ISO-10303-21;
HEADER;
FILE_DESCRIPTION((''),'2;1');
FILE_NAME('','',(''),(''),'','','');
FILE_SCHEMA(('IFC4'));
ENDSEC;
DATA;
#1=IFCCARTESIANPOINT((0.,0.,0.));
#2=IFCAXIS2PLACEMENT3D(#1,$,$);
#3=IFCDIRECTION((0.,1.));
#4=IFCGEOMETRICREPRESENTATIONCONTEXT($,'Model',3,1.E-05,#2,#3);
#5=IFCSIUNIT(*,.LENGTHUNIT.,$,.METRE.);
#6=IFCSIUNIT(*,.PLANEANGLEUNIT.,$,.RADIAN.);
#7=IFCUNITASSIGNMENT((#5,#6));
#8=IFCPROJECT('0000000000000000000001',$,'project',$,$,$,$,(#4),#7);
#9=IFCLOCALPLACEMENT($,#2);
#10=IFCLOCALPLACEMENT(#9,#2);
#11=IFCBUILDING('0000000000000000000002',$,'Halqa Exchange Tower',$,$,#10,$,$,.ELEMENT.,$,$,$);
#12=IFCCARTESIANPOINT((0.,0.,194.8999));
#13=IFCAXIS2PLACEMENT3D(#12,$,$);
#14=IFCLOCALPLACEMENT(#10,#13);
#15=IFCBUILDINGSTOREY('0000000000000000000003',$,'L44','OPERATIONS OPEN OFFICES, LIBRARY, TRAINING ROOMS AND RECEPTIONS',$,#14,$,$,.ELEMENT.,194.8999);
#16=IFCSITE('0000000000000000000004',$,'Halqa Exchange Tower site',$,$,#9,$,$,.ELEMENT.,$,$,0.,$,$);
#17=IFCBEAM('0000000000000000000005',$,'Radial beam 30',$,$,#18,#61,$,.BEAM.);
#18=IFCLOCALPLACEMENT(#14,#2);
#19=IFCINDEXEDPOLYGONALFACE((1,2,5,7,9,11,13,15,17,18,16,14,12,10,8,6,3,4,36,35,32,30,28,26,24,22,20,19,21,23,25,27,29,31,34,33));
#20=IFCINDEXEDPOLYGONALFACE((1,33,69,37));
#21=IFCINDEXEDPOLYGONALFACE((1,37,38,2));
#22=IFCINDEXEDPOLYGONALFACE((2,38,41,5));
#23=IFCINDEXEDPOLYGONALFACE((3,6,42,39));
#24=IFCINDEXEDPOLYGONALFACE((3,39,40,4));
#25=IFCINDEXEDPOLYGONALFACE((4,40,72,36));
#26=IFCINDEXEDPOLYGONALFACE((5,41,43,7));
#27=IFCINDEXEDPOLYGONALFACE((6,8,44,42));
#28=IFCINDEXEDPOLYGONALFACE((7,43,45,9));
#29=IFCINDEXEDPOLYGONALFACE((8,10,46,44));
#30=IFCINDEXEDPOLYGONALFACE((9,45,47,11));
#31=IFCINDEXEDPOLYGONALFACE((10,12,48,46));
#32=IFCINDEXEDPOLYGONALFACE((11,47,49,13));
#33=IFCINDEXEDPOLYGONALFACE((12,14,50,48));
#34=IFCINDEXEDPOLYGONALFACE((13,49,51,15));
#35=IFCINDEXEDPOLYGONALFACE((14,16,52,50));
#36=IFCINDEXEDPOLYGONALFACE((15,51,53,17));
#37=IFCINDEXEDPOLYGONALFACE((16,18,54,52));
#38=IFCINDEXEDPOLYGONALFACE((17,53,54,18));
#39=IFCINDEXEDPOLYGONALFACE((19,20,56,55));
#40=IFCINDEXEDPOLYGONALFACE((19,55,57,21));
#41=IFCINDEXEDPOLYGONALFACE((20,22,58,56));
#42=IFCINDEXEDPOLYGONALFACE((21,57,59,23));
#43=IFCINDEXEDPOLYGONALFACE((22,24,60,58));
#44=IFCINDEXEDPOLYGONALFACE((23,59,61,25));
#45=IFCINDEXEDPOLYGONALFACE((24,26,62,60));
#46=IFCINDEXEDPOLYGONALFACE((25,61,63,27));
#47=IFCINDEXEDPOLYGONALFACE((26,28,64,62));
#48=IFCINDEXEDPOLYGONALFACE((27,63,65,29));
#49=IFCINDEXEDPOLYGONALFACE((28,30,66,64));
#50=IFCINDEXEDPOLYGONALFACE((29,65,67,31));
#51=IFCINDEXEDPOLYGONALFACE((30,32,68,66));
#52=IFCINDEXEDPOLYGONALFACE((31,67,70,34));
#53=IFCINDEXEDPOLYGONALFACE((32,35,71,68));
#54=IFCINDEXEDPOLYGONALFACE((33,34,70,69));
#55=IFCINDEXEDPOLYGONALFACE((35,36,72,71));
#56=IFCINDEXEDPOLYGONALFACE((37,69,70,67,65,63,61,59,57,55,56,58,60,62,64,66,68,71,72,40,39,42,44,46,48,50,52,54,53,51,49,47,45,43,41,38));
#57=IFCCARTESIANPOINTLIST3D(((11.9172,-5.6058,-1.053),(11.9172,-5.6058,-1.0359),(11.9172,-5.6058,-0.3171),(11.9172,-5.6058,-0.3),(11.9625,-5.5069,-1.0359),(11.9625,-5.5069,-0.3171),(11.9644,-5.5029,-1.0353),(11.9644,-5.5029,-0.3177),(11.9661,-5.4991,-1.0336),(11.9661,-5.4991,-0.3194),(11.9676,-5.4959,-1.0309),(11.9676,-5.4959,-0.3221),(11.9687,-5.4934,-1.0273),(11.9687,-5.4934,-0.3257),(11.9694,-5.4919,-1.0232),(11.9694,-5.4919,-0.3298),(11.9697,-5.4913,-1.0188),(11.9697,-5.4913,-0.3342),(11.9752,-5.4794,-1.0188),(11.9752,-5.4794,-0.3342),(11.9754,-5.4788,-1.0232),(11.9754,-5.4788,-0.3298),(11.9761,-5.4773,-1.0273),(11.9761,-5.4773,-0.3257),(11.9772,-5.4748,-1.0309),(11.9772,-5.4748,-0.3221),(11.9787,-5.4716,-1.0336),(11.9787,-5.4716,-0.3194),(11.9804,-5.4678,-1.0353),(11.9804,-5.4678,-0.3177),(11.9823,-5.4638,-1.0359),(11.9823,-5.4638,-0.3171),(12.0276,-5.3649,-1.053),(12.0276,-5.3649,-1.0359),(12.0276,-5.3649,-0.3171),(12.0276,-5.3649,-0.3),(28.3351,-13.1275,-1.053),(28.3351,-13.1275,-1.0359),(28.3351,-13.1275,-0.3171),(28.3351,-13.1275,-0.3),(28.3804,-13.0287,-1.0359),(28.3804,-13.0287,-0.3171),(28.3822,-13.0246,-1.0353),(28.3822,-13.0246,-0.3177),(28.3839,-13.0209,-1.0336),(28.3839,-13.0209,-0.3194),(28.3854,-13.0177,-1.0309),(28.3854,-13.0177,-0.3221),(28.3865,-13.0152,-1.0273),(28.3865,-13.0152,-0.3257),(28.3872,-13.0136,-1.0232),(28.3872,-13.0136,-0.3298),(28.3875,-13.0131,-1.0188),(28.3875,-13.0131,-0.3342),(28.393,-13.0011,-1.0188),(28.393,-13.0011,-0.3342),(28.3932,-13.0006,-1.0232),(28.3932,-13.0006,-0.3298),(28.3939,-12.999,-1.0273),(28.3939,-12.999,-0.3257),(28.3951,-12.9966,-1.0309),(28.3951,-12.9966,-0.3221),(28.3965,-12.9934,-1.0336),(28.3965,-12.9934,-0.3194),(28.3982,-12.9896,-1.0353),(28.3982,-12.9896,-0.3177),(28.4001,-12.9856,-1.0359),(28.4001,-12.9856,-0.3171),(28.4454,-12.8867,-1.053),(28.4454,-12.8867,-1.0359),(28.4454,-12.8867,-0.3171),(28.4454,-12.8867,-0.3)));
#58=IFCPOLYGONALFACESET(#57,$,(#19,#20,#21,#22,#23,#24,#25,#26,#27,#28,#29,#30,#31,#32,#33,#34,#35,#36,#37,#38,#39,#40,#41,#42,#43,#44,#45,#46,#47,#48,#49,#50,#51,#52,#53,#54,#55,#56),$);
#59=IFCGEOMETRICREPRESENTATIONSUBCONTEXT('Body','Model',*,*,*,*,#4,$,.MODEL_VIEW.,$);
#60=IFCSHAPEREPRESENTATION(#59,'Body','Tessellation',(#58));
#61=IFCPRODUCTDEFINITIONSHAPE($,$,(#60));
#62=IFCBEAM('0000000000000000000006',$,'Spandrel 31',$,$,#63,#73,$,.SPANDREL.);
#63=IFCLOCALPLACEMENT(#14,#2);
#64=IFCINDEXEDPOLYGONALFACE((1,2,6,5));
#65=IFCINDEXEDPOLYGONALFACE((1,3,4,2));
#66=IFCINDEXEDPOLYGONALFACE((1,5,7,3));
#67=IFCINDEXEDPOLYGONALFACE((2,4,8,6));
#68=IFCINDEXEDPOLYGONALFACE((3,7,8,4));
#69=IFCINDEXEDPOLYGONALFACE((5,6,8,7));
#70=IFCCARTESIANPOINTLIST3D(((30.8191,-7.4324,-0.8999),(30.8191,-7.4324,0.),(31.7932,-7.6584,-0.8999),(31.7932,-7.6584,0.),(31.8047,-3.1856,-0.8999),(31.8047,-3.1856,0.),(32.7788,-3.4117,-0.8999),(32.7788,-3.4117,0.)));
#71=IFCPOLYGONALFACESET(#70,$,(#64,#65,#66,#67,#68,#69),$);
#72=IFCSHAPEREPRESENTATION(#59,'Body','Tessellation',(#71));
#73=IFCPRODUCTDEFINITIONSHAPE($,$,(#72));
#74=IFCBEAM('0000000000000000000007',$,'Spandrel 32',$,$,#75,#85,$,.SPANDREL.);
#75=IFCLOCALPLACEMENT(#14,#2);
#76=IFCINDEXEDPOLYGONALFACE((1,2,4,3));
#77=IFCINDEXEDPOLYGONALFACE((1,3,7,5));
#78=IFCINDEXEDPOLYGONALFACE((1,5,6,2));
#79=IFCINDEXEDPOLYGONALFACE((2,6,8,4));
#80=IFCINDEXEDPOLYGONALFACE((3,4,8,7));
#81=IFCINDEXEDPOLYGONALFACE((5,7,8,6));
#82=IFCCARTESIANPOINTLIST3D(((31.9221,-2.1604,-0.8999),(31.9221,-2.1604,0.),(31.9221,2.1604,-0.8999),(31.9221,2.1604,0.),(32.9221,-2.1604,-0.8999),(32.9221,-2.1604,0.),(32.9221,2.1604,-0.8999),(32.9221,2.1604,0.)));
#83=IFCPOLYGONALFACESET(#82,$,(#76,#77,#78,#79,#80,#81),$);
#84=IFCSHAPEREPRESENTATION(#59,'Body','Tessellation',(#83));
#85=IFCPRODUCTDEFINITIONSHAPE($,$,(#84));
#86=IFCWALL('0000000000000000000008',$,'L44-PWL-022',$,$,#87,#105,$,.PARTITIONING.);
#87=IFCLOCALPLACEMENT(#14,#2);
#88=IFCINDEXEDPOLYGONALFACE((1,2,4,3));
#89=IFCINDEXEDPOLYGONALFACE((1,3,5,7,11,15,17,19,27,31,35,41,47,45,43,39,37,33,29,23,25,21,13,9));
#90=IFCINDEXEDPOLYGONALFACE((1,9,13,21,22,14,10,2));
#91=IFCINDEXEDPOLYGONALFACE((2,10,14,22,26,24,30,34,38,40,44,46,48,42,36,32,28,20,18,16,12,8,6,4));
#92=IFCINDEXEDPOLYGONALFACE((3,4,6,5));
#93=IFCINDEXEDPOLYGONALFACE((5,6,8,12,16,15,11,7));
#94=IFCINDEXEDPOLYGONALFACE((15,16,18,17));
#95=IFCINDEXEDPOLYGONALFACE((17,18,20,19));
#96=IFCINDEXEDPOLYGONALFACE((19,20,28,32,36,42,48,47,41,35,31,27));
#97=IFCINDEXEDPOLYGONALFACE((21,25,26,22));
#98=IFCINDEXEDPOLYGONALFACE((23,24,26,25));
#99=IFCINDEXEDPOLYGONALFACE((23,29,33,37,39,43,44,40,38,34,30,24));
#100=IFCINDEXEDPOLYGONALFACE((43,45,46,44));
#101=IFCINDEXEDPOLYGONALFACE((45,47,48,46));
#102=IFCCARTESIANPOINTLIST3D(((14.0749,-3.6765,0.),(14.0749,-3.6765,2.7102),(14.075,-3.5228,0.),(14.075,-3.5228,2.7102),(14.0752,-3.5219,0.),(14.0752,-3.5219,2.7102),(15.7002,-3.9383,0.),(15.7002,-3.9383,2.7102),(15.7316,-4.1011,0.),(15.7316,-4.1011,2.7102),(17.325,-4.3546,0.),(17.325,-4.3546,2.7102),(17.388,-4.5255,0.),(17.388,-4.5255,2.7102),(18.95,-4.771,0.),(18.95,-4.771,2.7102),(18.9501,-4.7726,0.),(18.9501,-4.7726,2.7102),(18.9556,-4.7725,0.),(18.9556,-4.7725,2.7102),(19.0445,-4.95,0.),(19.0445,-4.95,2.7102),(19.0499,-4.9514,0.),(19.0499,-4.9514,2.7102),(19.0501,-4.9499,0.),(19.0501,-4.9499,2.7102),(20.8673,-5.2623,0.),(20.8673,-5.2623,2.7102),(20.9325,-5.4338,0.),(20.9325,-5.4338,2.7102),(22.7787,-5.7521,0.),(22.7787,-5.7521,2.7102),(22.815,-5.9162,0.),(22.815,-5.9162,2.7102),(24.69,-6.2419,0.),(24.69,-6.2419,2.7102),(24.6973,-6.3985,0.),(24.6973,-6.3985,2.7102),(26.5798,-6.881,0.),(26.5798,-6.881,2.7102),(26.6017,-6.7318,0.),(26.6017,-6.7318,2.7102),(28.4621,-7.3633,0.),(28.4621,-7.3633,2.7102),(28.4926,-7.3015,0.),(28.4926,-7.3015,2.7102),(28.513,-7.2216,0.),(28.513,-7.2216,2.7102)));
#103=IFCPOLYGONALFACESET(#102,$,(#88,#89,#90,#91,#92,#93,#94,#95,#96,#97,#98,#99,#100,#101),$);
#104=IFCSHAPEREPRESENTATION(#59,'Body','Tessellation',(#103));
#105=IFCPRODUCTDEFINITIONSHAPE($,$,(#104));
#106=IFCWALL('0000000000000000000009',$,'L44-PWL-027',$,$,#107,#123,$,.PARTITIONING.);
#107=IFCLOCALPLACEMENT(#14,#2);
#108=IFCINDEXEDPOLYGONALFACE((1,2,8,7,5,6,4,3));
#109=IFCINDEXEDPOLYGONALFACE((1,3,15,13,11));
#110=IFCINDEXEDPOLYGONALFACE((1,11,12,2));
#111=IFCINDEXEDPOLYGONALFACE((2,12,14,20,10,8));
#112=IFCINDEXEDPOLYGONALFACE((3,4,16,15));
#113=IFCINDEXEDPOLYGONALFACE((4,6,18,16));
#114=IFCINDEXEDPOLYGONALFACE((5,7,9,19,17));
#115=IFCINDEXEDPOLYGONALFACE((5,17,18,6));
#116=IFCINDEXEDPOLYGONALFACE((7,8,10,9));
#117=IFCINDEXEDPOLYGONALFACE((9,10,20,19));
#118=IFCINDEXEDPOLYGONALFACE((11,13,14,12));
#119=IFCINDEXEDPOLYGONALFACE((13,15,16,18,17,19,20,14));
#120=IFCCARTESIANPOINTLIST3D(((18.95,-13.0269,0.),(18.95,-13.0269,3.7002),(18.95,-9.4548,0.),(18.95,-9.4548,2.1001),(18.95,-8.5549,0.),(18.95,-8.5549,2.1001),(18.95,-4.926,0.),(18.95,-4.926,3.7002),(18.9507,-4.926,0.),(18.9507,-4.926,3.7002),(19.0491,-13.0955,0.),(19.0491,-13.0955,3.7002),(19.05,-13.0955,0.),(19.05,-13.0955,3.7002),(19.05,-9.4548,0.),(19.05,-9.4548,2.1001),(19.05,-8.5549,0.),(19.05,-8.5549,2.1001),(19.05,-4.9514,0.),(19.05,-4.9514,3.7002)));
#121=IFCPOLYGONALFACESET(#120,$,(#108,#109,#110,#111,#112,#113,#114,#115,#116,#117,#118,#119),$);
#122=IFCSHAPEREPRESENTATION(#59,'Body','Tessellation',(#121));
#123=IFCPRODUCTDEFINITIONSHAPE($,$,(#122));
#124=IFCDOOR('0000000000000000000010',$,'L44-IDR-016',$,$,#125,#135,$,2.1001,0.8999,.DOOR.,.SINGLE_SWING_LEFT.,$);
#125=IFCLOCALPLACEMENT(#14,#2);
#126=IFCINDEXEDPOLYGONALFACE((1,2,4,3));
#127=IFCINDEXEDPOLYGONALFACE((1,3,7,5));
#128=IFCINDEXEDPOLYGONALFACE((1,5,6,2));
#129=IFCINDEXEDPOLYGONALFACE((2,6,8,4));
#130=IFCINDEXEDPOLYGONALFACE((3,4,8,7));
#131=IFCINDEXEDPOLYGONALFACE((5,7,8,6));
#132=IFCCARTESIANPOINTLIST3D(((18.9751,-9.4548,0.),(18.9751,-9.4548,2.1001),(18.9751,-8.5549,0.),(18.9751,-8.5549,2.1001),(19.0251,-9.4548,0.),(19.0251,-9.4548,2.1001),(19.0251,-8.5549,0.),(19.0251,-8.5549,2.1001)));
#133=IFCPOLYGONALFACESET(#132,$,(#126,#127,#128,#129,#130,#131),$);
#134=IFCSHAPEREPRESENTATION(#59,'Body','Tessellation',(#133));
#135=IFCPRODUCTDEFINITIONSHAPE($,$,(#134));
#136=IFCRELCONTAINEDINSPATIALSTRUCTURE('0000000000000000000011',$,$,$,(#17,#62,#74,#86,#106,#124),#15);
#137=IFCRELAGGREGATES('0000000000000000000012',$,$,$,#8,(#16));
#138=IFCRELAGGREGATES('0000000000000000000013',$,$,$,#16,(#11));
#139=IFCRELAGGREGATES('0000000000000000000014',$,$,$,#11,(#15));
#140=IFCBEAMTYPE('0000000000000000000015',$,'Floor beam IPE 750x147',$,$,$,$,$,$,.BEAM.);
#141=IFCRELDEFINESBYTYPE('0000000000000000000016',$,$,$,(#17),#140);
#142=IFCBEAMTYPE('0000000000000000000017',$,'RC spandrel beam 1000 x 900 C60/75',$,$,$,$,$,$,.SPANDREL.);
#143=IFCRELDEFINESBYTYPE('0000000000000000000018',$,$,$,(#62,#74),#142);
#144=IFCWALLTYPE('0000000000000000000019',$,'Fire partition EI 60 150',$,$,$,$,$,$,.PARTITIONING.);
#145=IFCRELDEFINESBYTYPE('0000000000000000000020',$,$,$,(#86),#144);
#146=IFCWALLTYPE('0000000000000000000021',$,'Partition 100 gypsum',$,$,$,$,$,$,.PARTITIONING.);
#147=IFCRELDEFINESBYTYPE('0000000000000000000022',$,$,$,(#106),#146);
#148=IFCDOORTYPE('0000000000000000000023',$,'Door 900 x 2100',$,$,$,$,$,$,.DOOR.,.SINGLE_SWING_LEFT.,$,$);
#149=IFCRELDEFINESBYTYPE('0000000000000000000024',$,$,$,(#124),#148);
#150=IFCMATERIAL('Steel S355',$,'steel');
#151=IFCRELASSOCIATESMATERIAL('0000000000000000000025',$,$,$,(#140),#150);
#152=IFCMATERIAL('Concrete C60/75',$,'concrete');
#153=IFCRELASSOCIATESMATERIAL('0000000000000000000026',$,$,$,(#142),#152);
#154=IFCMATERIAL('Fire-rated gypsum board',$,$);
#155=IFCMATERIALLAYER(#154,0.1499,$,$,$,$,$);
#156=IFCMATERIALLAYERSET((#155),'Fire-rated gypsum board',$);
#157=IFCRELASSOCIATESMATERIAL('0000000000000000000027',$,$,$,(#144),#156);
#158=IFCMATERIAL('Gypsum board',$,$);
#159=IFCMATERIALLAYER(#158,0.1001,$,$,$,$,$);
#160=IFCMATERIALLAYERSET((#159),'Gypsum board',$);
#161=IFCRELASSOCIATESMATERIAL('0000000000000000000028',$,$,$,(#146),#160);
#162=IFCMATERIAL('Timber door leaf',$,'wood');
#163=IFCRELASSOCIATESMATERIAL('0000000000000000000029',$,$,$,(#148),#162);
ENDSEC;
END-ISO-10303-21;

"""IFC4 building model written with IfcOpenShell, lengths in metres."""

from ifc_helpers import new_model, si_unit, direction, frame, frame_2d, origin, origin_2d, place, context, subcontext, project, spatial, polyline, rectangle, i_section, outline, extrude, material, layer, layer_set, material_profile, profile_set, type_object, element, fill, save


model = new_model("IFC4")

# Units and contexts
model_context = context("Model", 3, precision=1e-05, world=origin(), true_north=direction((0.0, 1.0)))
body_context = subcontext(model_context, "Body", "Model", "MODEL_VIEW")
ifc_project = project(units=[si_unit("LENGTHUNIT", "METRE"), si_unit("PLANEANGLEUNIT", "RADIAN")], contexts=[model_context])

# Site, building, storey
site_placement = place(None, origin())
site = spatial("IfcSite", under=ifc_project, at=site_placement, Name="Halqa Exchange Tower site", CompositionType="ELEMENT", RefElevation=0.0)
building_placement = place(site_placement, origin())
building = spatial("IfcBuilding", under=site, at=building_placement, Name="Halqa Exchange Tower", CompositionType="ELEMENT")
storey_placement = place(building_placement, frame((0.0, 0.0, 194.8999)))
storey = spatial("IfcBuildingStorey", under=building, at=storey_placement, Name="L44", Description="OPERATIONS OPEN OFFICES, LIBRARY, TRAINING ROOMS AND RECEPTIONS", CompositionType="ELEMENT", Elevation=194.8999)

# Shared definitions
ifc_material_1 = material(Name="Concrete C60/75", Category="concrete")

# Beams
ifc_material_2 = material(Name="Steel S355", Category="steel")
ifc_material_profile_1 = material_profile(ifc_material_2, i_section(OverallWidth=0.2649, OverallDepth=0.7529, WebThickness=0.0132, FlangeThickness=0.0171, FilletRadius=0.0171, at=origin_2d()), Name="IPE 750x147")
ifc_profile_set_1 = profile_set([ifc_material_profile_1], Name="Steel S355")
beam_type_1 = type_object("IfcBeamType", Name="Floor beam IPE 750x147", PredefinedType="BEAM", material=ifc_profile_set_1)
beam_1_placement = place(storey_placement, frame((11.9724, -5.4854, -0.6765), z_axis=(0.909129, -0.416515, 0.0), x_axis=(0.416515, 0.909129, 0.0)))
element("IfcBeam", 1, at=beam_1_placement, inside=storey, type_object=beam_type_1, Name="Radial beam 30", PredefinedType="BEAM", context=body_context, shape_type="SweptSolid", body=[
    extrude(i_section(OverallWidth=0.2649, OverallDepth=0.7529, WebThickness=0.0132, FlangeThickness=0.0171, FilletRadius=0.0171, at=origin_2d()), origin(), (0.0, 0.0, 1.0), 18.0588),
])
ifc_material_profile_2 = material_profile(ifc_material_1, rectangle(XDim=1.0, YDim=0.8999, at=origin_2d()), Name="1000 x 900")
ifc_profile_set_2 = profile_set([ifc_material_profile_2], Name="Concrete C60/75")
beam_type_2 = type_object("IfcBeamType", Name="RC spandrel beam 1000 x 900 C60/75", PredefinedType="SPANDREL", material=ifc_profile_set_2)
beam_2_placement = place(storey_placement, frame((31.3062, -7.5454, -0.45), z_axis=(0.22607, 0.974111, 0.0), x_axis=(-0.974111, 0.22607, 0.0)))
element("IfcBeam", 2, at=beam_2_placement, inside=storey, type_object=beam_type_2, Name="Spandrel 31", PredefinedType="SPANDREL", context=body_context, shape_type="SweptSolid", body=[
    extrude(rectangle(XDim=1.0, YDim=0.8999, at=origin_2d()), origin(), (0.0, 0.0, 1.0), 4.3596),
])
beam_3_placement = place(storey_placement, frame((32.4221, -2.1604, -0.45), z_axis=(0.0, 1.0, 0.0), x_axis=(-1.0, 0.0, 0.0)))
element("IfcBeam", 3, at=beam_3_placement, inside=storey, type_object=beam_type_2, Name="Spandrel 32", PredefinedType="SPANDREL", context=body_context, shape_type="SweptSolid", body=[
    extrude(rectangle(XDim=1.0, YDim=0.8999, at=origin_2d()), origin(), (0.0, 0.0, 1.0), 4.3208),
])

# Shared definitions
ifc_material_3 = material(Name="Fire-rated gypsum board")
ifc_layer_1 = layer(ifc_material_3, 0.1499)
ifc_layer_set_1 = layer_set([ifc_layer_1], Name="Fire-rated gypsum board")
wall_type_1 = type_object("IfcWallType", Name="Fire partition EI 60 150", PredefinedType="PARTITIONING", material=ifc_layer_set_1)

# Wall
wall_1_placement = place(storey_placement, frame((14.0566, -3.5945, 0.0), z_axis=(0.0, 0.0, 1.0), x_axis=(0.968701, -0.248232, 0.0)))
element("IfcWall", 4, at=wall_1_placement, inside=storey, type_object=wall_type_1, Name="L44-PWL-022", PredefinedType="PARTITIONING", context=body_context, shape_type="SweptSolid", body=[
    extrude(outline(polyline([(0.0381, -0.075), (1.7483, -0.075), (3.4583, -0.075), (5.1682, -0.075), (5.1736, -0.0735), (5.1738, -0.075), (7.1172, -0.075), (9.0605, -0.075), (11.0037, -0.075), (12.947, -0.075), (14.8901, -0.075), (14.9043, -0.0076), (14.9043, 0.075), (12.9312, 0.075), (10.9578, 0.075), (8.9846, 0.075), (7.0115, 0.075), (5.0381, 0.075), (5.0327, 0.0735), (5.0322, 0.075), (3.3547, 0.075), (1.6775, 0.075), (0.0, 0.075), (0.0, 0.074), (0.0381, -0.075)])), origin(), (0.0, 0.0, 1.0), 2.7102),
])

# Wall, opening, door
ifc_material_4 = material(Name="Gypsum board")
ifc_layer_2 = layer(ifc_material_4, 0.1001)
ifc_layer_set_2 = layer_set([ifc_layer_2], Name="Gypsum board")
wall_type_2 = type_object("IfcWallType", Name="Partition 100 gypsum", PredefinedType="PARTITIONING", material=ifc_layer_set_2)
wall_2_placement = place(storey_placement, frame((19.0, -4.926, 0.0), z_axis=(0.0, 0.0, 1.0), x_axis=(0.0, -1.0, 0.0)))
wall_2 = element("IfcWall", 5, at=wall_2_placement, inside=storey, type_object=wall_type_2, Name="L44-PWL-027", PredefinedType="PARTITIONING", context=body_context, shape_type="SweptSolid", body=[
    extrude(outline(polyline([(0.0, -0.05), (1.6201, -0.05), (3.2402, -0.05), (4.8604, -0.05), (6.4807, -0.05), (8.1008, -0.05), (8.1694, 0.0491), (8.1694, 0.05), (6.5405, 0.05), (4.9119, 0.05), (3.283, 0.05), (1.6543, 0.05), (0.0254, 0.05), (0.0, -0.0493), (0.0, -0.05)])), origin(), (0.0, 0.0, 1.0), 3.7002),
])
opening_1_placement = place(wall_2_placement, frame((3.6289, 0.0, 0.0)))
opening_1 = element("IfcOpeningElement", 6, at=opening_1_placement, cuts=wall_2, PredefinedType="OPENING", context=body_context, shape_type="SweptSolid", body=[
    extrude(rectangle(XDim=0.8999, YDim=2.1001, at=frame_2d((0.45, 1.05))), frame((0.0, 0.062, 0.0), z_axis=(0.0, -1.0, 0.0), x_axis=(1.0, 0.0, 0.0)), (0.0, 0.0, 1.0), 0.124),
])
ifc_material_5 = material(Name="Timber door leaf", Category="wood")
door_type_1 = type_object("IfcDoorType", Name="Door 900 x 2100", OperationType="SINGLE_SWING_LEFT", PredefinedType="DOOR", material=ifc_material_5)
door_1_placement = place(opening_1_placement, frame((0.8999, 0.0, 0.0), z_axis=(0.0, 0.0, 1.0), x_axis=(-1.0, 0.0, 0.0)))
door_1 = element("IfcDoor", 7, at=door_1_placement, inside=storey, type_object=door_type_1, Name="L44-IDR-016", OperationType="SINGLE_SWING_LEFT", OverallHeight=2.1001, OverallWidth=0.8999, PredefinedType="DOOR", context=body_context, shape_type="SweptSolid", body=[
    extrude(rectangle(XDim=0.8999, YDim=2.1001, at=frame_2d((0.45, 1.05))), frame((0.0, 0.0249, 0.0), z_axis=(0.0, -1.0, 0.0), x_axis=(1.0, 0.0, 0.0)), (0.0, 0.0, 1.0), 0.05),
])
fill(opening_1, door_1)

save(model, "model.ifc")
